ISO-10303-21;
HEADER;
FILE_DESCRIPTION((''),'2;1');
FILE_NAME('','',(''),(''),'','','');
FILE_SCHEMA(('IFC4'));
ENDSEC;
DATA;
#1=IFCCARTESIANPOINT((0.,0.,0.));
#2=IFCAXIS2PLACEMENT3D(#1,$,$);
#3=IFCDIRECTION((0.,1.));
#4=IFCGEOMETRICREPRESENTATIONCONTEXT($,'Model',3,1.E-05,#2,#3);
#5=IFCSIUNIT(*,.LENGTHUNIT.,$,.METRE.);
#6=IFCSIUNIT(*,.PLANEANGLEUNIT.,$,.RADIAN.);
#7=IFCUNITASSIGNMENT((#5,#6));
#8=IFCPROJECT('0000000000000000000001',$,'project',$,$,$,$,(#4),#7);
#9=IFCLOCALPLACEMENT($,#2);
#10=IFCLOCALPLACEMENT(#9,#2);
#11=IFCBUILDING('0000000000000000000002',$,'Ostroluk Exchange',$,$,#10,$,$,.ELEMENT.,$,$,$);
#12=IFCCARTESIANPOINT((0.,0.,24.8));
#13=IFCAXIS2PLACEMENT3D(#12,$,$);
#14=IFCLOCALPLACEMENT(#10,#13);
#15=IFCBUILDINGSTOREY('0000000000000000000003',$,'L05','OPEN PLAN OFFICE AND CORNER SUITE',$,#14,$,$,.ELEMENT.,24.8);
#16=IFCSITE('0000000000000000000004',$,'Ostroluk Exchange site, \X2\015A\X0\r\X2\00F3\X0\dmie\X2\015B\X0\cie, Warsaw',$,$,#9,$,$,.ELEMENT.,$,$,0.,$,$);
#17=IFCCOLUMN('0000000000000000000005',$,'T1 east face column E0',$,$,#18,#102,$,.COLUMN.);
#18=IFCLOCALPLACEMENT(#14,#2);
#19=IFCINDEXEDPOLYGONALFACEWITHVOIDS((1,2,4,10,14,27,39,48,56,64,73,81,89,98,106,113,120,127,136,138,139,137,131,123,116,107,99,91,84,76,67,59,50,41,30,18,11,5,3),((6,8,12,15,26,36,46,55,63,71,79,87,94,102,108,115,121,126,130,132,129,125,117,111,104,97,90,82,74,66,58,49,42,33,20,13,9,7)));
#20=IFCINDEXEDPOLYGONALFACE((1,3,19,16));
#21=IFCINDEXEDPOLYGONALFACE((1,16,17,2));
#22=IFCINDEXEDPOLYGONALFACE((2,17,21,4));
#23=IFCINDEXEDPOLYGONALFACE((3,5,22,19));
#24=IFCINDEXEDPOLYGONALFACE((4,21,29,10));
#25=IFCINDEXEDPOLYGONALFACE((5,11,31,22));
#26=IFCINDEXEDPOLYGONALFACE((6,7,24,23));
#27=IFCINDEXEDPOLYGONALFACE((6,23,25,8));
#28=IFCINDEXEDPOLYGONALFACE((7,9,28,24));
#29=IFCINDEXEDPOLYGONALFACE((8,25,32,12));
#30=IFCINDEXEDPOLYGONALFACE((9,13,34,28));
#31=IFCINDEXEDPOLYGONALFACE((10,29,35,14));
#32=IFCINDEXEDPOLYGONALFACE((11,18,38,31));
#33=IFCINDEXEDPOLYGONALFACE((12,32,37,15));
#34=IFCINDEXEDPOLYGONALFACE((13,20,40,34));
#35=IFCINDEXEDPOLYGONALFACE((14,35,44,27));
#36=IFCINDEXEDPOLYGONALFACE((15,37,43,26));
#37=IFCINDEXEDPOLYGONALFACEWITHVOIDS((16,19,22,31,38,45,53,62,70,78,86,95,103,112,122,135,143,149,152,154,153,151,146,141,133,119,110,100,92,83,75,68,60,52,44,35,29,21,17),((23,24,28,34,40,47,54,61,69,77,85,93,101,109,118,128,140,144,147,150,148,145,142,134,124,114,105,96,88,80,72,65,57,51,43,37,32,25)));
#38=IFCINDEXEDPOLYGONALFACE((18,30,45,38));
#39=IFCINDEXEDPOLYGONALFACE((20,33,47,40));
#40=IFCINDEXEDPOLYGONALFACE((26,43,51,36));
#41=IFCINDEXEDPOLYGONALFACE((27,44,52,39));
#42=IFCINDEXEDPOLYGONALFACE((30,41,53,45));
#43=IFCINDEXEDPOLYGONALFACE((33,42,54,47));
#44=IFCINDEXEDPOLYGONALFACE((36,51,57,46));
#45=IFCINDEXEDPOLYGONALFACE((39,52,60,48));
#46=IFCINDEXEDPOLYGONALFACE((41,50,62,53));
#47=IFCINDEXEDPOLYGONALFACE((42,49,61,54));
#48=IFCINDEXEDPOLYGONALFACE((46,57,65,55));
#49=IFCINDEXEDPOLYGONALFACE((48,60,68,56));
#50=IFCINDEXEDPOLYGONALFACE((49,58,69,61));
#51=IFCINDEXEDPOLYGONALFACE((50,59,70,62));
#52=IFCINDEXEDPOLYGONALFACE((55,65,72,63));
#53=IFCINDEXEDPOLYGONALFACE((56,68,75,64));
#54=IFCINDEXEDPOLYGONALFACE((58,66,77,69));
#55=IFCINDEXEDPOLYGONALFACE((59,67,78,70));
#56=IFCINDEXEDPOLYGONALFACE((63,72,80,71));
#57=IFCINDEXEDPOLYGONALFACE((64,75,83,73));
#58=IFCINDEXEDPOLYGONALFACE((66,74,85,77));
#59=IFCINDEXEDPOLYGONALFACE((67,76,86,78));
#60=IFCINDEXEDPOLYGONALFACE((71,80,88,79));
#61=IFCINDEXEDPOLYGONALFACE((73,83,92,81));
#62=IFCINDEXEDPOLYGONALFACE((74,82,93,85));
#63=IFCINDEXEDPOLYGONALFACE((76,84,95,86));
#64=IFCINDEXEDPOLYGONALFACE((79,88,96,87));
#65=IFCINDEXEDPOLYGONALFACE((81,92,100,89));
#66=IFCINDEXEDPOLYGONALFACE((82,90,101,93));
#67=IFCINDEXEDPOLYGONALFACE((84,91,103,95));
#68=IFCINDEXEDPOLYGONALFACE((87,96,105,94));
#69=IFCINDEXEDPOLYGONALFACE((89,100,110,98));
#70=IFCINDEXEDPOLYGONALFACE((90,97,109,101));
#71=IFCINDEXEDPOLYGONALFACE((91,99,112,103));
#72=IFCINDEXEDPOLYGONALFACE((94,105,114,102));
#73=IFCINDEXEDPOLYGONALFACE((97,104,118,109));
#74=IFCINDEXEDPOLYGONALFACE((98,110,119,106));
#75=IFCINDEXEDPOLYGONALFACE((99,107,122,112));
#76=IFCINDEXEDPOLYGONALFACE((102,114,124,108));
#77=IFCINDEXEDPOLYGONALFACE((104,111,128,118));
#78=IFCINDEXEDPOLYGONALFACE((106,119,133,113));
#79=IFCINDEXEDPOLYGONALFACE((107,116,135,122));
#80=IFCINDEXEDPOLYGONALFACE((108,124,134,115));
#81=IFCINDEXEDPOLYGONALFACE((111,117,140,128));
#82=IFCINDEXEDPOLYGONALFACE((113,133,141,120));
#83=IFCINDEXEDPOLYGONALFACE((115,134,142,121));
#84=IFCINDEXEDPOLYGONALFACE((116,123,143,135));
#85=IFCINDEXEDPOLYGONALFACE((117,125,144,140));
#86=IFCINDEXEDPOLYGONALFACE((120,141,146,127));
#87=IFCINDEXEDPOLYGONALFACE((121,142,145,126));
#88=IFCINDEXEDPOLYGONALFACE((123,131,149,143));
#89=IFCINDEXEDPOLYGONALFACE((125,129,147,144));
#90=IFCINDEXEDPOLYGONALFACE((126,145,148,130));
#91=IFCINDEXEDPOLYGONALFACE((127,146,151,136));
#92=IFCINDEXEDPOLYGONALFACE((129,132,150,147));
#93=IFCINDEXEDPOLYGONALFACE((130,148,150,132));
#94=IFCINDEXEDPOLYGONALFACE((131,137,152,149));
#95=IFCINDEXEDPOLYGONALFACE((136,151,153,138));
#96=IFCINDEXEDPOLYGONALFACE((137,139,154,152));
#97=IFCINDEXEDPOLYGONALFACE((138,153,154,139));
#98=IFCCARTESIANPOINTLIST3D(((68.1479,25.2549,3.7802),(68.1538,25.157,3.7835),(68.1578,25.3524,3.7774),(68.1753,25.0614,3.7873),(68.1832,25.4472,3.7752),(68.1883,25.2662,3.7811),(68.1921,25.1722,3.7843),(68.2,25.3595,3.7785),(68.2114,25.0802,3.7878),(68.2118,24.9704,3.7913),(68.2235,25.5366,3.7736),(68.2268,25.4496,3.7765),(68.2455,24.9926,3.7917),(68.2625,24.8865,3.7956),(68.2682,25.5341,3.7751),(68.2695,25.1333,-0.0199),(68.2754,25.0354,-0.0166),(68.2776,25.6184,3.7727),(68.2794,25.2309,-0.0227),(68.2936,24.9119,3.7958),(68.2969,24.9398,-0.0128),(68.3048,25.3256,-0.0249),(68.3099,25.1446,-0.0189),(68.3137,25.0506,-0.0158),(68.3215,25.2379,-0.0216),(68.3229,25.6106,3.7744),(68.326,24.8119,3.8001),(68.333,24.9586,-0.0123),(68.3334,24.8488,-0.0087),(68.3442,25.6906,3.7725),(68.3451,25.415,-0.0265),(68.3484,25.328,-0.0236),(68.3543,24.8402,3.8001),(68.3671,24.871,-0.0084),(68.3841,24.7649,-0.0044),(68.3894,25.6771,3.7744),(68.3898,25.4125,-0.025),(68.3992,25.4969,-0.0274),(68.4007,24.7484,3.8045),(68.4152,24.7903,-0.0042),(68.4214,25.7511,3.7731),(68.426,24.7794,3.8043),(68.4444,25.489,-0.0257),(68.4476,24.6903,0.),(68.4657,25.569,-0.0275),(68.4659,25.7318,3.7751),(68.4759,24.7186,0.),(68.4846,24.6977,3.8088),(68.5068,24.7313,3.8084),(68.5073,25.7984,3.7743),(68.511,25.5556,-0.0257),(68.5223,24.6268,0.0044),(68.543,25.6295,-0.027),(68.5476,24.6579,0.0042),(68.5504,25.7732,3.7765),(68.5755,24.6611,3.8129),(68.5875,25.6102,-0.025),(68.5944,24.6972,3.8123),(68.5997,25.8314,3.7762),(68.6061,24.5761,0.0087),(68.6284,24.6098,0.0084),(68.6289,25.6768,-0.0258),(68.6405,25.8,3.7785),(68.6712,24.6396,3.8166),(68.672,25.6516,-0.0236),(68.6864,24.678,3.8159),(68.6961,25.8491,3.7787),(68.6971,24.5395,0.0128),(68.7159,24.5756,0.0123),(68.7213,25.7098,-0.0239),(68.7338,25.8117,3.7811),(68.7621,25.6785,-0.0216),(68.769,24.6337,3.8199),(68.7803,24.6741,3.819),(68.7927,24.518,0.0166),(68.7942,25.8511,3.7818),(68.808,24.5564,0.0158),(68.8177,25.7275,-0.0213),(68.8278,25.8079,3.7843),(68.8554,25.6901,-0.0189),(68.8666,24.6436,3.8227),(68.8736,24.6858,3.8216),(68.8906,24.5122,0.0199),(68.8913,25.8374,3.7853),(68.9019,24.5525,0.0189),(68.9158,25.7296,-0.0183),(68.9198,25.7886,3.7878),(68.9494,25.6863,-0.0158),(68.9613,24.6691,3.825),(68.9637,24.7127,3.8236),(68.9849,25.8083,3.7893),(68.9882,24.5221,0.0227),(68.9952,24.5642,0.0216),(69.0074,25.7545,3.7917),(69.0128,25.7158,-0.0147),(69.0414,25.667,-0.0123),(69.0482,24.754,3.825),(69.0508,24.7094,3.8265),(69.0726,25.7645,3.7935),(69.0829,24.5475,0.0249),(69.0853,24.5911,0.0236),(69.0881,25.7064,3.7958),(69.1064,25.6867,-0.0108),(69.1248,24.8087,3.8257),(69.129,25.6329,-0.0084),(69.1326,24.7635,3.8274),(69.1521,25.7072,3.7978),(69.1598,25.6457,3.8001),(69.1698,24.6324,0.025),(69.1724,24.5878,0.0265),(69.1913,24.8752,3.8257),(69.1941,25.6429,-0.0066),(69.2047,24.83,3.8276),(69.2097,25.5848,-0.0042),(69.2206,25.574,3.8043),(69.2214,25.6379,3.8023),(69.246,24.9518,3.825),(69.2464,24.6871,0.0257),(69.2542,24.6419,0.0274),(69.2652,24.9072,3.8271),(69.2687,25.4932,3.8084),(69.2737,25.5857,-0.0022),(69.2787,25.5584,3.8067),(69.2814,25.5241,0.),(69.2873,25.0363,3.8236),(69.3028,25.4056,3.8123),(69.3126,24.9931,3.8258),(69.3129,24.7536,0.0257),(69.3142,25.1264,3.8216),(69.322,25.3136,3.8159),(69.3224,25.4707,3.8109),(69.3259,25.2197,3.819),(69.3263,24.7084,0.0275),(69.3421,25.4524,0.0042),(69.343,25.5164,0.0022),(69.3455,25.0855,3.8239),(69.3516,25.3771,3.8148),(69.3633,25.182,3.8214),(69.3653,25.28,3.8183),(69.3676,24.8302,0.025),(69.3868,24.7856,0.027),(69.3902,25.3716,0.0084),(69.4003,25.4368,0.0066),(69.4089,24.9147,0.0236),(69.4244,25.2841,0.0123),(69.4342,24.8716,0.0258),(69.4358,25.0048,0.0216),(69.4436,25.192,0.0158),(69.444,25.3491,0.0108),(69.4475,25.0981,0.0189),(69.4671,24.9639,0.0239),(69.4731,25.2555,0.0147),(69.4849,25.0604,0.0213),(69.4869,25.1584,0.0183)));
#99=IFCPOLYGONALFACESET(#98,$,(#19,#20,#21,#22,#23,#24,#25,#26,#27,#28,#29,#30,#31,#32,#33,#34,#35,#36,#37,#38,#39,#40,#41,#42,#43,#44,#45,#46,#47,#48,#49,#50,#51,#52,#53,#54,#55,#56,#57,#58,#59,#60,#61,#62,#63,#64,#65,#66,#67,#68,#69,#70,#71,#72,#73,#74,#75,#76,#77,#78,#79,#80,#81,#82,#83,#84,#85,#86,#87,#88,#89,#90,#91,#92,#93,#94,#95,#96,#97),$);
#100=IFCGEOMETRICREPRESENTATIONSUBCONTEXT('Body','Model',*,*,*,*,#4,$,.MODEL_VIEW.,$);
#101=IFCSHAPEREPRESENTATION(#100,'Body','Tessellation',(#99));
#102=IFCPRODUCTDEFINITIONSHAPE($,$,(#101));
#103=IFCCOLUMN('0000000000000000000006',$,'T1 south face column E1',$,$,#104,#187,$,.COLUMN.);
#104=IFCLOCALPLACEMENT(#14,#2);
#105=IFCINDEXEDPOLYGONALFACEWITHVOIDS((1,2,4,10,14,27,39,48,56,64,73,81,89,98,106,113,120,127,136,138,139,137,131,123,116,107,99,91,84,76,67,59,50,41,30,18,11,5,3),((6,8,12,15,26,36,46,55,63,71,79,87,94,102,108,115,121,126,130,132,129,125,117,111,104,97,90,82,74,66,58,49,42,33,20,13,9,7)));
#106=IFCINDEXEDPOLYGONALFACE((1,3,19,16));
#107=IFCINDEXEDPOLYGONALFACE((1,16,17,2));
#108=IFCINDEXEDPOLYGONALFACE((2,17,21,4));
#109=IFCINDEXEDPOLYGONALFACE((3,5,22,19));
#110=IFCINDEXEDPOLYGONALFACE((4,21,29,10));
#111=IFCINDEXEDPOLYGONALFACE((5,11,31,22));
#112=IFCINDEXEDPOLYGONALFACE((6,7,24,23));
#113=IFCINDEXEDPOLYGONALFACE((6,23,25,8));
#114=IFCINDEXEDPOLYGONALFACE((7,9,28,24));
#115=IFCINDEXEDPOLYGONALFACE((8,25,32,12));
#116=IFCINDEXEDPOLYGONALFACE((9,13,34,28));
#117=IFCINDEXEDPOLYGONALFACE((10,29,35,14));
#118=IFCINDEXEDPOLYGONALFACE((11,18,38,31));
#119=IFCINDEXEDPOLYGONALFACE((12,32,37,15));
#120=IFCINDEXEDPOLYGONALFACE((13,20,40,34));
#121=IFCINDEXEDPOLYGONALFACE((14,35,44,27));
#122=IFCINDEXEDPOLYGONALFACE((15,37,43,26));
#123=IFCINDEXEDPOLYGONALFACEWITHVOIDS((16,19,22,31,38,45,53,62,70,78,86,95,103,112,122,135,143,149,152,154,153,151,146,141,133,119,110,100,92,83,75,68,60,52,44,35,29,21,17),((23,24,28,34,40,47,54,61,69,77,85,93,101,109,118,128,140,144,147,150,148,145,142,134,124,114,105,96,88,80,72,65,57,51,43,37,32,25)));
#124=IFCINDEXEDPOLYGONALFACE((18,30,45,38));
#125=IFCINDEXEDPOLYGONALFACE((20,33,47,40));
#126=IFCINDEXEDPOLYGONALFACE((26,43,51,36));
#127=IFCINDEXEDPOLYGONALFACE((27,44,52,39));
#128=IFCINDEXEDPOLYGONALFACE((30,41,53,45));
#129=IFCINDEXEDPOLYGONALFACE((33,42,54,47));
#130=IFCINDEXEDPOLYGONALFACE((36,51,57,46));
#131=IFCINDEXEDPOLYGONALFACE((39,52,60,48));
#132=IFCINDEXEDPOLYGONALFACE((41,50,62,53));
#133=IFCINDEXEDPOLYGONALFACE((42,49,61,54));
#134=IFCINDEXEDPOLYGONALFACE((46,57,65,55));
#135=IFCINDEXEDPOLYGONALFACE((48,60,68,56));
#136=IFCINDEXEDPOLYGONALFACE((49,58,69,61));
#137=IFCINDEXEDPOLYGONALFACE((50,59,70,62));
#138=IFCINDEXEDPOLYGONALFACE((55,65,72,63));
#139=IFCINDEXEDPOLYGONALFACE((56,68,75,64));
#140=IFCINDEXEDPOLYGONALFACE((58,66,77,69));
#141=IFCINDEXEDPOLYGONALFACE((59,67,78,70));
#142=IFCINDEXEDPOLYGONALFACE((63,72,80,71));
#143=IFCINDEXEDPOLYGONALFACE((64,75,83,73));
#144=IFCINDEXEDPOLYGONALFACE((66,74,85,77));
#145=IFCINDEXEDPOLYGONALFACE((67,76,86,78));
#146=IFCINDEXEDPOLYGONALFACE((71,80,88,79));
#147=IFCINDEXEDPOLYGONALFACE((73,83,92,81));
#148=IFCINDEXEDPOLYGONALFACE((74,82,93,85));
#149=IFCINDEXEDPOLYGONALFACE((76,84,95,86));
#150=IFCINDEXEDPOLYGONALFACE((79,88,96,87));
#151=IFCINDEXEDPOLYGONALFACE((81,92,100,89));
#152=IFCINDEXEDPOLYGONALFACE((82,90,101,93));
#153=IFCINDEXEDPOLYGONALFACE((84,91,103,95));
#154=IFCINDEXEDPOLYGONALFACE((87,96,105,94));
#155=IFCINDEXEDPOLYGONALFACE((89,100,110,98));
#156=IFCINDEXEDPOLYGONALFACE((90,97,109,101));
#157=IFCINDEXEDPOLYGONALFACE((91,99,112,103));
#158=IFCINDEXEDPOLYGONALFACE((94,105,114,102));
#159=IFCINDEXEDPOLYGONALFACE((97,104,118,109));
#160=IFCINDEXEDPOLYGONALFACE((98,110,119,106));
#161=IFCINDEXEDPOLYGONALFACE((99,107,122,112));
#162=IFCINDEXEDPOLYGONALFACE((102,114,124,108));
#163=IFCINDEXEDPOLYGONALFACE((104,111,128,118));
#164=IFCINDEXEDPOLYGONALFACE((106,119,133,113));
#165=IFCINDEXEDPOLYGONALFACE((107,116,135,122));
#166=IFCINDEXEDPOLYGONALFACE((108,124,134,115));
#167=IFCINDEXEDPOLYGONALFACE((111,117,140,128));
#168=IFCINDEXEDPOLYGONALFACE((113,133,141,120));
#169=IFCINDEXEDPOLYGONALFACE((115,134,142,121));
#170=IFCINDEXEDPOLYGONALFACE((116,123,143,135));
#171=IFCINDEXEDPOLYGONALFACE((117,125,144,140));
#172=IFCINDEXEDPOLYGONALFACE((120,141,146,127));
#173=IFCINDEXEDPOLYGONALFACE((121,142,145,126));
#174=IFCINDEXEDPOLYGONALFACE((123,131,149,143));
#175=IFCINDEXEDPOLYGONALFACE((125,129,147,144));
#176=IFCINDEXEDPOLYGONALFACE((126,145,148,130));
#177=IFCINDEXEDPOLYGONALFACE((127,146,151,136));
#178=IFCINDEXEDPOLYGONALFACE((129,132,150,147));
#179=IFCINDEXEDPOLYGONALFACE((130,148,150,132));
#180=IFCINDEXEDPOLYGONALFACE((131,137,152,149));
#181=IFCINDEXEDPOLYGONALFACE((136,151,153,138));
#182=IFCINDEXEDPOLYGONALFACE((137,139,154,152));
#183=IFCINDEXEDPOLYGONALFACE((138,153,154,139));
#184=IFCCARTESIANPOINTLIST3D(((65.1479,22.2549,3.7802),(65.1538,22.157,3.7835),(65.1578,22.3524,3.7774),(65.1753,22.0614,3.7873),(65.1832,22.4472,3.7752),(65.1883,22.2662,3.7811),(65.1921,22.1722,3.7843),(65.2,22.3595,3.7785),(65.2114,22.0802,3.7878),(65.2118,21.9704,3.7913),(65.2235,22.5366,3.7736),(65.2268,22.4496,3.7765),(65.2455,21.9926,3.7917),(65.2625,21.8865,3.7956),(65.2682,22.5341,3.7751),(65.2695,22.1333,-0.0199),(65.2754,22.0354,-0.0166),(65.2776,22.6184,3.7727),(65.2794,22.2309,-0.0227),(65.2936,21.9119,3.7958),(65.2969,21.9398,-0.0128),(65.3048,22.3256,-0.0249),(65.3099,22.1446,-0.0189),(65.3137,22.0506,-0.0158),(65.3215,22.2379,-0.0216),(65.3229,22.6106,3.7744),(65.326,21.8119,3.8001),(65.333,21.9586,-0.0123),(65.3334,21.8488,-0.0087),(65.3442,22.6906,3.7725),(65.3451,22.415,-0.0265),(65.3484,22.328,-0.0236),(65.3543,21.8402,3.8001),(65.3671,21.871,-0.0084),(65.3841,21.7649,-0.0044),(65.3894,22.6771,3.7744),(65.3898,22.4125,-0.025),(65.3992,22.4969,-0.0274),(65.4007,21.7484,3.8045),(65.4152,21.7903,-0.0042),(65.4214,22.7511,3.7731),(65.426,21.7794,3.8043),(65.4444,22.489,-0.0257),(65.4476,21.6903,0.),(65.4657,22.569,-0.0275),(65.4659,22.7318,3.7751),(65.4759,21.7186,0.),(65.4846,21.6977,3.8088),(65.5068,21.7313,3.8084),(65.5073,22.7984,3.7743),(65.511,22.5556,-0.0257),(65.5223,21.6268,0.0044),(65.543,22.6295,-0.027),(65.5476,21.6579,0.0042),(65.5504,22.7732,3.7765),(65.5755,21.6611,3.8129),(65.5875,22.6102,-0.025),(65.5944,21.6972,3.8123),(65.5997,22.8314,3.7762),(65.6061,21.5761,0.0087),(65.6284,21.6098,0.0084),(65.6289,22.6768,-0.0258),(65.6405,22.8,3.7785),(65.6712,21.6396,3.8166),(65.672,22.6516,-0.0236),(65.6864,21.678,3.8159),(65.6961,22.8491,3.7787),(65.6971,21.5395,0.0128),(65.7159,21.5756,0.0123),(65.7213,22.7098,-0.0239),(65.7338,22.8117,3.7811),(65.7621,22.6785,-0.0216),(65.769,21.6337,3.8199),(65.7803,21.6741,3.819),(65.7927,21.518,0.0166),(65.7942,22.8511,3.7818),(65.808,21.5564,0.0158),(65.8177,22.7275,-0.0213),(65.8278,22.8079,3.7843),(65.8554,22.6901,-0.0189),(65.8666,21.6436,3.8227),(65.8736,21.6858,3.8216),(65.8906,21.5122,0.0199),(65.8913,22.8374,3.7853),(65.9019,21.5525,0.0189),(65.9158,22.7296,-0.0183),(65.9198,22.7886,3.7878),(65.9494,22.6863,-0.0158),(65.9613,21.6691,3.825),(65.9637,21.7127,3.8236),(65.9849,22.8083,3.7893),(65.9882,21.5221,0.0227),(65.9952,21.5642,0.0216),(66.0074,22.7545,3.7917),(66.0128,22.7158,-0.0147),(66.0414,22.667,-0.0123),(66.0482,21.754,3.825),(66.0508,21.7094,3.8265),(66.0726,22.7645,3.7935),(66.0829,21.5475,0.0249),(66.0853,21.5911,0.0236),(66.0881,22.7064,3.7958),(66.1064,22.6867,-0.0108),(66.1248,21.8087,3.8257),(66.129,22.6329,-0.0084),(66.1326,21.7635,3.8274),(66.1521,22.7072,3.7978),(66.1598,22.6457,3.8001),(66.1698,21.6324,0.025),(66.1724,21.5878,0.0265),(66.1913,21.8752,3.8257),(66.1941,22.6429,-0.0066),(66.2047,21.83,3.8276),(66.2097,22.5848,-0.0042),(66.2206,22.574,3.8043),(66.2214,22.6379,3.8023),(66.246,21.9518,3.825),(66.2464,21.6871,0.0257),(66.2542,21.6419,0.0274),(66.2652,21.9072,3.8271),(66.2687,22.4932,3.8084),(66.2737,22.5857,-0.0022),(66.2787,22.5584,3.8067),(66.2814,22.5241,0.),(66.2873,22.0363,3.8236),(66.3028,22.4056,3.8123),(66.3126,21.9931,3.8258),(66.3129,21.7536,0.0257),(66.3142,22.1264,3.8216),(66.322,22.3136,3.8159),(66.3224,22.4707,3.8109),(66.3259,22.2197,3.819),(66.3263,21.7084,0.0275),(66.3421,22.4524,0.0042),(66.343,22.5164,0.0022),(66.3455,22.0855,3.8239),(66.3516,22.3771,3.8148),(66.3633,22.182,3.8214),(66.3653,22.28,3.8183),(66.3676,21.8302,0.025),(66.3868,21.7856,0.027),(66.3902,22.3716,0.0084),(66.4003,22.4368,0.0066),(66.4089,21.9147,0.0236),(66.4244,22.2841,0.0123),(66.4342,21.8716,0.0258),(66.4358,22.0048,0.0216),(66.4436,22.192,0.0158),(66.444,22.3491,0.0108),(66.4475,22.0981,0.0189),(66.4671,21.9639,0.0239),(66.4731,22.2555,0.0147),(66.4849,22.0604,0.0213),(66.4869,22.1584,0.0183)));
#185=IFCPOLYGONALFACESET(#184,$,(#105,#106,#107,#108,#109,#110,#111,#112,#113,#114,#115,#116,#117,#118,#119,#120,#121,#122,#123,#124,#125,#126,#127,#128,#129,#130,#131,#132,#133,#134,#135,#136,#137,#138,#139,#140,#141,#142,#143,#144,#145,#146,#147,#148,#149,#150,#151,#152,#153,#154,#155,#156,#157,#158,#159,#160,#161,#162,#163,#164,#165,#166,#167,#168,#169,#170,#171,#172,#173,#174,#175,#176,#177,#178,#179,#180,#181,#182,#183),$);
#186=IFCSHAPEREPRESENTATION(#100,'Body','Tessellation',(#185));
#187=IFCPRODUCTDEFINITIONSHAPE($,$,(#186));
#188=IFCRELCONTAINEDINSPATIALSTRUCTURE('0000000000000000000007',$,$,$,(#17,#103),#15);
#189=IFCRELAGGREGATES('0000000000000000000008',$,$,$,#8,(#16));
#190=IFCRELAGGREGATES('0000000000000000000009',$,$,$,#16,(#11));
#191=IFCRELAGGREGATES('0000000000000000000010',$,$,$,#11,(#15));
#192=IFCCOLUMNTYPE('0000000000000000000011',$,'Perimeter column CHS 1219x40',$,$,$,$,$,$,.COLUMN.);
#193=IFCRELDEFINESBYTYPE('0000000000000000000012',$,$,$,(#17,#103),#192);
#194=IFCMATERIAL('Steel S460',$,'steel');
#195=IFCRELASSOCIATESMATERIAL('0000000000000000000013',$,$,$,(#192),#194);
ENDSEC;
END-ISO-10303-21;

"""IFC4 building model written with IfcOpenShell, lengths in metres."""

from ifc_helpers import new_model, si_unit, direction, frame, origin, origin_2d, place, context, subcontext, project, spatial, hollow_circle, extrude, material, material_profile, profile_set, type_object, element, save


model = new_model("IFC4")

# Units and contexts
model_context = context("Model", 3, precision=1e-05, world=origin(), true_north=direction((0.0, 1.0)))
body_context = subcontext(model_context, "Body", "Model", "MODEL_VIEW")
ifc_project = project(units=[si_unit("LENGTHUNIT", "METRE"), si_unit("PLANEANGLEUNIT", "RADIAN")], contexts=[model_context])

# Site, building, storey
site_placement = place(None, origin())
site = spatial("IfcSite", under=ifc_project, at=site_placement, Name="Ostroluk Exchange site, Śródmieście, Warsaw", CompositionType="ELEMENT", RefElevation=0.0)
building_placement = place(site_placement, origin())
building = spatial("IfcBuilding", under=site, at=building_placement, Name="Ostroluk Exchange", CompositionType="ELEMENT")
storey_placement = place(building_placement, frame((0.0, 0.0, 24.8)))
storey = spatial("IfcBuildingStorey", under=building, at=storey_placement, Name="L05", Description="OPEN PLAN OFFICE AND CORNER SUITE", CompositionType="ELEMENT", Elevation=24.8)

# Columns
ifc_material_1 = material(Name="Steel S460", Category="steel")
ifc_material_profile_1 = material_profile(ifc_material_1, hollow_circle(Radius=0.6096, WallThickness=0.04, at=origin_2d()), Name="CHS 1219x40")
ifc_profile_set_1 = profile_set([ifc_material_profile_1], Name="Steel S460")
column_type = type_object("IfcColumnType", Name="Perimeter column CHS 1219x40", PredefinedType="COLUMN", material=ifc_profile_set_1)
for number, where, z_axis, x_axis, name in (
    (1, (68.8787, 25.1213, 0.0), (-0.031962, 0.031962, 0.998978), (-0.707107, -0.707107, 0.0), "T1 east face column E0"),
    (2, (65.8787, 22.1213, 0.0), (-0.031962, 0.031962, 0.998978), (-0.707107, -0.707107, 0.0), "T1 south face column E1"),
):
    element("IfcColumn", number, at=place(storey_placement, frame(where, z_axis=z_axis, x_axis=x_axis)), inside=storey, type_object=column_type, Name=name, PredefinedType="COLUMN", context=body_context, shape_type="SweptSolid", body=[
        extrude(hollow_circle(Radius=0.6096, WallThickness=0.04, at=origin_2d()), origin(), (0.0, 0.0, 1.0), 3.804),
    ])

save(model, "model.ifc")
